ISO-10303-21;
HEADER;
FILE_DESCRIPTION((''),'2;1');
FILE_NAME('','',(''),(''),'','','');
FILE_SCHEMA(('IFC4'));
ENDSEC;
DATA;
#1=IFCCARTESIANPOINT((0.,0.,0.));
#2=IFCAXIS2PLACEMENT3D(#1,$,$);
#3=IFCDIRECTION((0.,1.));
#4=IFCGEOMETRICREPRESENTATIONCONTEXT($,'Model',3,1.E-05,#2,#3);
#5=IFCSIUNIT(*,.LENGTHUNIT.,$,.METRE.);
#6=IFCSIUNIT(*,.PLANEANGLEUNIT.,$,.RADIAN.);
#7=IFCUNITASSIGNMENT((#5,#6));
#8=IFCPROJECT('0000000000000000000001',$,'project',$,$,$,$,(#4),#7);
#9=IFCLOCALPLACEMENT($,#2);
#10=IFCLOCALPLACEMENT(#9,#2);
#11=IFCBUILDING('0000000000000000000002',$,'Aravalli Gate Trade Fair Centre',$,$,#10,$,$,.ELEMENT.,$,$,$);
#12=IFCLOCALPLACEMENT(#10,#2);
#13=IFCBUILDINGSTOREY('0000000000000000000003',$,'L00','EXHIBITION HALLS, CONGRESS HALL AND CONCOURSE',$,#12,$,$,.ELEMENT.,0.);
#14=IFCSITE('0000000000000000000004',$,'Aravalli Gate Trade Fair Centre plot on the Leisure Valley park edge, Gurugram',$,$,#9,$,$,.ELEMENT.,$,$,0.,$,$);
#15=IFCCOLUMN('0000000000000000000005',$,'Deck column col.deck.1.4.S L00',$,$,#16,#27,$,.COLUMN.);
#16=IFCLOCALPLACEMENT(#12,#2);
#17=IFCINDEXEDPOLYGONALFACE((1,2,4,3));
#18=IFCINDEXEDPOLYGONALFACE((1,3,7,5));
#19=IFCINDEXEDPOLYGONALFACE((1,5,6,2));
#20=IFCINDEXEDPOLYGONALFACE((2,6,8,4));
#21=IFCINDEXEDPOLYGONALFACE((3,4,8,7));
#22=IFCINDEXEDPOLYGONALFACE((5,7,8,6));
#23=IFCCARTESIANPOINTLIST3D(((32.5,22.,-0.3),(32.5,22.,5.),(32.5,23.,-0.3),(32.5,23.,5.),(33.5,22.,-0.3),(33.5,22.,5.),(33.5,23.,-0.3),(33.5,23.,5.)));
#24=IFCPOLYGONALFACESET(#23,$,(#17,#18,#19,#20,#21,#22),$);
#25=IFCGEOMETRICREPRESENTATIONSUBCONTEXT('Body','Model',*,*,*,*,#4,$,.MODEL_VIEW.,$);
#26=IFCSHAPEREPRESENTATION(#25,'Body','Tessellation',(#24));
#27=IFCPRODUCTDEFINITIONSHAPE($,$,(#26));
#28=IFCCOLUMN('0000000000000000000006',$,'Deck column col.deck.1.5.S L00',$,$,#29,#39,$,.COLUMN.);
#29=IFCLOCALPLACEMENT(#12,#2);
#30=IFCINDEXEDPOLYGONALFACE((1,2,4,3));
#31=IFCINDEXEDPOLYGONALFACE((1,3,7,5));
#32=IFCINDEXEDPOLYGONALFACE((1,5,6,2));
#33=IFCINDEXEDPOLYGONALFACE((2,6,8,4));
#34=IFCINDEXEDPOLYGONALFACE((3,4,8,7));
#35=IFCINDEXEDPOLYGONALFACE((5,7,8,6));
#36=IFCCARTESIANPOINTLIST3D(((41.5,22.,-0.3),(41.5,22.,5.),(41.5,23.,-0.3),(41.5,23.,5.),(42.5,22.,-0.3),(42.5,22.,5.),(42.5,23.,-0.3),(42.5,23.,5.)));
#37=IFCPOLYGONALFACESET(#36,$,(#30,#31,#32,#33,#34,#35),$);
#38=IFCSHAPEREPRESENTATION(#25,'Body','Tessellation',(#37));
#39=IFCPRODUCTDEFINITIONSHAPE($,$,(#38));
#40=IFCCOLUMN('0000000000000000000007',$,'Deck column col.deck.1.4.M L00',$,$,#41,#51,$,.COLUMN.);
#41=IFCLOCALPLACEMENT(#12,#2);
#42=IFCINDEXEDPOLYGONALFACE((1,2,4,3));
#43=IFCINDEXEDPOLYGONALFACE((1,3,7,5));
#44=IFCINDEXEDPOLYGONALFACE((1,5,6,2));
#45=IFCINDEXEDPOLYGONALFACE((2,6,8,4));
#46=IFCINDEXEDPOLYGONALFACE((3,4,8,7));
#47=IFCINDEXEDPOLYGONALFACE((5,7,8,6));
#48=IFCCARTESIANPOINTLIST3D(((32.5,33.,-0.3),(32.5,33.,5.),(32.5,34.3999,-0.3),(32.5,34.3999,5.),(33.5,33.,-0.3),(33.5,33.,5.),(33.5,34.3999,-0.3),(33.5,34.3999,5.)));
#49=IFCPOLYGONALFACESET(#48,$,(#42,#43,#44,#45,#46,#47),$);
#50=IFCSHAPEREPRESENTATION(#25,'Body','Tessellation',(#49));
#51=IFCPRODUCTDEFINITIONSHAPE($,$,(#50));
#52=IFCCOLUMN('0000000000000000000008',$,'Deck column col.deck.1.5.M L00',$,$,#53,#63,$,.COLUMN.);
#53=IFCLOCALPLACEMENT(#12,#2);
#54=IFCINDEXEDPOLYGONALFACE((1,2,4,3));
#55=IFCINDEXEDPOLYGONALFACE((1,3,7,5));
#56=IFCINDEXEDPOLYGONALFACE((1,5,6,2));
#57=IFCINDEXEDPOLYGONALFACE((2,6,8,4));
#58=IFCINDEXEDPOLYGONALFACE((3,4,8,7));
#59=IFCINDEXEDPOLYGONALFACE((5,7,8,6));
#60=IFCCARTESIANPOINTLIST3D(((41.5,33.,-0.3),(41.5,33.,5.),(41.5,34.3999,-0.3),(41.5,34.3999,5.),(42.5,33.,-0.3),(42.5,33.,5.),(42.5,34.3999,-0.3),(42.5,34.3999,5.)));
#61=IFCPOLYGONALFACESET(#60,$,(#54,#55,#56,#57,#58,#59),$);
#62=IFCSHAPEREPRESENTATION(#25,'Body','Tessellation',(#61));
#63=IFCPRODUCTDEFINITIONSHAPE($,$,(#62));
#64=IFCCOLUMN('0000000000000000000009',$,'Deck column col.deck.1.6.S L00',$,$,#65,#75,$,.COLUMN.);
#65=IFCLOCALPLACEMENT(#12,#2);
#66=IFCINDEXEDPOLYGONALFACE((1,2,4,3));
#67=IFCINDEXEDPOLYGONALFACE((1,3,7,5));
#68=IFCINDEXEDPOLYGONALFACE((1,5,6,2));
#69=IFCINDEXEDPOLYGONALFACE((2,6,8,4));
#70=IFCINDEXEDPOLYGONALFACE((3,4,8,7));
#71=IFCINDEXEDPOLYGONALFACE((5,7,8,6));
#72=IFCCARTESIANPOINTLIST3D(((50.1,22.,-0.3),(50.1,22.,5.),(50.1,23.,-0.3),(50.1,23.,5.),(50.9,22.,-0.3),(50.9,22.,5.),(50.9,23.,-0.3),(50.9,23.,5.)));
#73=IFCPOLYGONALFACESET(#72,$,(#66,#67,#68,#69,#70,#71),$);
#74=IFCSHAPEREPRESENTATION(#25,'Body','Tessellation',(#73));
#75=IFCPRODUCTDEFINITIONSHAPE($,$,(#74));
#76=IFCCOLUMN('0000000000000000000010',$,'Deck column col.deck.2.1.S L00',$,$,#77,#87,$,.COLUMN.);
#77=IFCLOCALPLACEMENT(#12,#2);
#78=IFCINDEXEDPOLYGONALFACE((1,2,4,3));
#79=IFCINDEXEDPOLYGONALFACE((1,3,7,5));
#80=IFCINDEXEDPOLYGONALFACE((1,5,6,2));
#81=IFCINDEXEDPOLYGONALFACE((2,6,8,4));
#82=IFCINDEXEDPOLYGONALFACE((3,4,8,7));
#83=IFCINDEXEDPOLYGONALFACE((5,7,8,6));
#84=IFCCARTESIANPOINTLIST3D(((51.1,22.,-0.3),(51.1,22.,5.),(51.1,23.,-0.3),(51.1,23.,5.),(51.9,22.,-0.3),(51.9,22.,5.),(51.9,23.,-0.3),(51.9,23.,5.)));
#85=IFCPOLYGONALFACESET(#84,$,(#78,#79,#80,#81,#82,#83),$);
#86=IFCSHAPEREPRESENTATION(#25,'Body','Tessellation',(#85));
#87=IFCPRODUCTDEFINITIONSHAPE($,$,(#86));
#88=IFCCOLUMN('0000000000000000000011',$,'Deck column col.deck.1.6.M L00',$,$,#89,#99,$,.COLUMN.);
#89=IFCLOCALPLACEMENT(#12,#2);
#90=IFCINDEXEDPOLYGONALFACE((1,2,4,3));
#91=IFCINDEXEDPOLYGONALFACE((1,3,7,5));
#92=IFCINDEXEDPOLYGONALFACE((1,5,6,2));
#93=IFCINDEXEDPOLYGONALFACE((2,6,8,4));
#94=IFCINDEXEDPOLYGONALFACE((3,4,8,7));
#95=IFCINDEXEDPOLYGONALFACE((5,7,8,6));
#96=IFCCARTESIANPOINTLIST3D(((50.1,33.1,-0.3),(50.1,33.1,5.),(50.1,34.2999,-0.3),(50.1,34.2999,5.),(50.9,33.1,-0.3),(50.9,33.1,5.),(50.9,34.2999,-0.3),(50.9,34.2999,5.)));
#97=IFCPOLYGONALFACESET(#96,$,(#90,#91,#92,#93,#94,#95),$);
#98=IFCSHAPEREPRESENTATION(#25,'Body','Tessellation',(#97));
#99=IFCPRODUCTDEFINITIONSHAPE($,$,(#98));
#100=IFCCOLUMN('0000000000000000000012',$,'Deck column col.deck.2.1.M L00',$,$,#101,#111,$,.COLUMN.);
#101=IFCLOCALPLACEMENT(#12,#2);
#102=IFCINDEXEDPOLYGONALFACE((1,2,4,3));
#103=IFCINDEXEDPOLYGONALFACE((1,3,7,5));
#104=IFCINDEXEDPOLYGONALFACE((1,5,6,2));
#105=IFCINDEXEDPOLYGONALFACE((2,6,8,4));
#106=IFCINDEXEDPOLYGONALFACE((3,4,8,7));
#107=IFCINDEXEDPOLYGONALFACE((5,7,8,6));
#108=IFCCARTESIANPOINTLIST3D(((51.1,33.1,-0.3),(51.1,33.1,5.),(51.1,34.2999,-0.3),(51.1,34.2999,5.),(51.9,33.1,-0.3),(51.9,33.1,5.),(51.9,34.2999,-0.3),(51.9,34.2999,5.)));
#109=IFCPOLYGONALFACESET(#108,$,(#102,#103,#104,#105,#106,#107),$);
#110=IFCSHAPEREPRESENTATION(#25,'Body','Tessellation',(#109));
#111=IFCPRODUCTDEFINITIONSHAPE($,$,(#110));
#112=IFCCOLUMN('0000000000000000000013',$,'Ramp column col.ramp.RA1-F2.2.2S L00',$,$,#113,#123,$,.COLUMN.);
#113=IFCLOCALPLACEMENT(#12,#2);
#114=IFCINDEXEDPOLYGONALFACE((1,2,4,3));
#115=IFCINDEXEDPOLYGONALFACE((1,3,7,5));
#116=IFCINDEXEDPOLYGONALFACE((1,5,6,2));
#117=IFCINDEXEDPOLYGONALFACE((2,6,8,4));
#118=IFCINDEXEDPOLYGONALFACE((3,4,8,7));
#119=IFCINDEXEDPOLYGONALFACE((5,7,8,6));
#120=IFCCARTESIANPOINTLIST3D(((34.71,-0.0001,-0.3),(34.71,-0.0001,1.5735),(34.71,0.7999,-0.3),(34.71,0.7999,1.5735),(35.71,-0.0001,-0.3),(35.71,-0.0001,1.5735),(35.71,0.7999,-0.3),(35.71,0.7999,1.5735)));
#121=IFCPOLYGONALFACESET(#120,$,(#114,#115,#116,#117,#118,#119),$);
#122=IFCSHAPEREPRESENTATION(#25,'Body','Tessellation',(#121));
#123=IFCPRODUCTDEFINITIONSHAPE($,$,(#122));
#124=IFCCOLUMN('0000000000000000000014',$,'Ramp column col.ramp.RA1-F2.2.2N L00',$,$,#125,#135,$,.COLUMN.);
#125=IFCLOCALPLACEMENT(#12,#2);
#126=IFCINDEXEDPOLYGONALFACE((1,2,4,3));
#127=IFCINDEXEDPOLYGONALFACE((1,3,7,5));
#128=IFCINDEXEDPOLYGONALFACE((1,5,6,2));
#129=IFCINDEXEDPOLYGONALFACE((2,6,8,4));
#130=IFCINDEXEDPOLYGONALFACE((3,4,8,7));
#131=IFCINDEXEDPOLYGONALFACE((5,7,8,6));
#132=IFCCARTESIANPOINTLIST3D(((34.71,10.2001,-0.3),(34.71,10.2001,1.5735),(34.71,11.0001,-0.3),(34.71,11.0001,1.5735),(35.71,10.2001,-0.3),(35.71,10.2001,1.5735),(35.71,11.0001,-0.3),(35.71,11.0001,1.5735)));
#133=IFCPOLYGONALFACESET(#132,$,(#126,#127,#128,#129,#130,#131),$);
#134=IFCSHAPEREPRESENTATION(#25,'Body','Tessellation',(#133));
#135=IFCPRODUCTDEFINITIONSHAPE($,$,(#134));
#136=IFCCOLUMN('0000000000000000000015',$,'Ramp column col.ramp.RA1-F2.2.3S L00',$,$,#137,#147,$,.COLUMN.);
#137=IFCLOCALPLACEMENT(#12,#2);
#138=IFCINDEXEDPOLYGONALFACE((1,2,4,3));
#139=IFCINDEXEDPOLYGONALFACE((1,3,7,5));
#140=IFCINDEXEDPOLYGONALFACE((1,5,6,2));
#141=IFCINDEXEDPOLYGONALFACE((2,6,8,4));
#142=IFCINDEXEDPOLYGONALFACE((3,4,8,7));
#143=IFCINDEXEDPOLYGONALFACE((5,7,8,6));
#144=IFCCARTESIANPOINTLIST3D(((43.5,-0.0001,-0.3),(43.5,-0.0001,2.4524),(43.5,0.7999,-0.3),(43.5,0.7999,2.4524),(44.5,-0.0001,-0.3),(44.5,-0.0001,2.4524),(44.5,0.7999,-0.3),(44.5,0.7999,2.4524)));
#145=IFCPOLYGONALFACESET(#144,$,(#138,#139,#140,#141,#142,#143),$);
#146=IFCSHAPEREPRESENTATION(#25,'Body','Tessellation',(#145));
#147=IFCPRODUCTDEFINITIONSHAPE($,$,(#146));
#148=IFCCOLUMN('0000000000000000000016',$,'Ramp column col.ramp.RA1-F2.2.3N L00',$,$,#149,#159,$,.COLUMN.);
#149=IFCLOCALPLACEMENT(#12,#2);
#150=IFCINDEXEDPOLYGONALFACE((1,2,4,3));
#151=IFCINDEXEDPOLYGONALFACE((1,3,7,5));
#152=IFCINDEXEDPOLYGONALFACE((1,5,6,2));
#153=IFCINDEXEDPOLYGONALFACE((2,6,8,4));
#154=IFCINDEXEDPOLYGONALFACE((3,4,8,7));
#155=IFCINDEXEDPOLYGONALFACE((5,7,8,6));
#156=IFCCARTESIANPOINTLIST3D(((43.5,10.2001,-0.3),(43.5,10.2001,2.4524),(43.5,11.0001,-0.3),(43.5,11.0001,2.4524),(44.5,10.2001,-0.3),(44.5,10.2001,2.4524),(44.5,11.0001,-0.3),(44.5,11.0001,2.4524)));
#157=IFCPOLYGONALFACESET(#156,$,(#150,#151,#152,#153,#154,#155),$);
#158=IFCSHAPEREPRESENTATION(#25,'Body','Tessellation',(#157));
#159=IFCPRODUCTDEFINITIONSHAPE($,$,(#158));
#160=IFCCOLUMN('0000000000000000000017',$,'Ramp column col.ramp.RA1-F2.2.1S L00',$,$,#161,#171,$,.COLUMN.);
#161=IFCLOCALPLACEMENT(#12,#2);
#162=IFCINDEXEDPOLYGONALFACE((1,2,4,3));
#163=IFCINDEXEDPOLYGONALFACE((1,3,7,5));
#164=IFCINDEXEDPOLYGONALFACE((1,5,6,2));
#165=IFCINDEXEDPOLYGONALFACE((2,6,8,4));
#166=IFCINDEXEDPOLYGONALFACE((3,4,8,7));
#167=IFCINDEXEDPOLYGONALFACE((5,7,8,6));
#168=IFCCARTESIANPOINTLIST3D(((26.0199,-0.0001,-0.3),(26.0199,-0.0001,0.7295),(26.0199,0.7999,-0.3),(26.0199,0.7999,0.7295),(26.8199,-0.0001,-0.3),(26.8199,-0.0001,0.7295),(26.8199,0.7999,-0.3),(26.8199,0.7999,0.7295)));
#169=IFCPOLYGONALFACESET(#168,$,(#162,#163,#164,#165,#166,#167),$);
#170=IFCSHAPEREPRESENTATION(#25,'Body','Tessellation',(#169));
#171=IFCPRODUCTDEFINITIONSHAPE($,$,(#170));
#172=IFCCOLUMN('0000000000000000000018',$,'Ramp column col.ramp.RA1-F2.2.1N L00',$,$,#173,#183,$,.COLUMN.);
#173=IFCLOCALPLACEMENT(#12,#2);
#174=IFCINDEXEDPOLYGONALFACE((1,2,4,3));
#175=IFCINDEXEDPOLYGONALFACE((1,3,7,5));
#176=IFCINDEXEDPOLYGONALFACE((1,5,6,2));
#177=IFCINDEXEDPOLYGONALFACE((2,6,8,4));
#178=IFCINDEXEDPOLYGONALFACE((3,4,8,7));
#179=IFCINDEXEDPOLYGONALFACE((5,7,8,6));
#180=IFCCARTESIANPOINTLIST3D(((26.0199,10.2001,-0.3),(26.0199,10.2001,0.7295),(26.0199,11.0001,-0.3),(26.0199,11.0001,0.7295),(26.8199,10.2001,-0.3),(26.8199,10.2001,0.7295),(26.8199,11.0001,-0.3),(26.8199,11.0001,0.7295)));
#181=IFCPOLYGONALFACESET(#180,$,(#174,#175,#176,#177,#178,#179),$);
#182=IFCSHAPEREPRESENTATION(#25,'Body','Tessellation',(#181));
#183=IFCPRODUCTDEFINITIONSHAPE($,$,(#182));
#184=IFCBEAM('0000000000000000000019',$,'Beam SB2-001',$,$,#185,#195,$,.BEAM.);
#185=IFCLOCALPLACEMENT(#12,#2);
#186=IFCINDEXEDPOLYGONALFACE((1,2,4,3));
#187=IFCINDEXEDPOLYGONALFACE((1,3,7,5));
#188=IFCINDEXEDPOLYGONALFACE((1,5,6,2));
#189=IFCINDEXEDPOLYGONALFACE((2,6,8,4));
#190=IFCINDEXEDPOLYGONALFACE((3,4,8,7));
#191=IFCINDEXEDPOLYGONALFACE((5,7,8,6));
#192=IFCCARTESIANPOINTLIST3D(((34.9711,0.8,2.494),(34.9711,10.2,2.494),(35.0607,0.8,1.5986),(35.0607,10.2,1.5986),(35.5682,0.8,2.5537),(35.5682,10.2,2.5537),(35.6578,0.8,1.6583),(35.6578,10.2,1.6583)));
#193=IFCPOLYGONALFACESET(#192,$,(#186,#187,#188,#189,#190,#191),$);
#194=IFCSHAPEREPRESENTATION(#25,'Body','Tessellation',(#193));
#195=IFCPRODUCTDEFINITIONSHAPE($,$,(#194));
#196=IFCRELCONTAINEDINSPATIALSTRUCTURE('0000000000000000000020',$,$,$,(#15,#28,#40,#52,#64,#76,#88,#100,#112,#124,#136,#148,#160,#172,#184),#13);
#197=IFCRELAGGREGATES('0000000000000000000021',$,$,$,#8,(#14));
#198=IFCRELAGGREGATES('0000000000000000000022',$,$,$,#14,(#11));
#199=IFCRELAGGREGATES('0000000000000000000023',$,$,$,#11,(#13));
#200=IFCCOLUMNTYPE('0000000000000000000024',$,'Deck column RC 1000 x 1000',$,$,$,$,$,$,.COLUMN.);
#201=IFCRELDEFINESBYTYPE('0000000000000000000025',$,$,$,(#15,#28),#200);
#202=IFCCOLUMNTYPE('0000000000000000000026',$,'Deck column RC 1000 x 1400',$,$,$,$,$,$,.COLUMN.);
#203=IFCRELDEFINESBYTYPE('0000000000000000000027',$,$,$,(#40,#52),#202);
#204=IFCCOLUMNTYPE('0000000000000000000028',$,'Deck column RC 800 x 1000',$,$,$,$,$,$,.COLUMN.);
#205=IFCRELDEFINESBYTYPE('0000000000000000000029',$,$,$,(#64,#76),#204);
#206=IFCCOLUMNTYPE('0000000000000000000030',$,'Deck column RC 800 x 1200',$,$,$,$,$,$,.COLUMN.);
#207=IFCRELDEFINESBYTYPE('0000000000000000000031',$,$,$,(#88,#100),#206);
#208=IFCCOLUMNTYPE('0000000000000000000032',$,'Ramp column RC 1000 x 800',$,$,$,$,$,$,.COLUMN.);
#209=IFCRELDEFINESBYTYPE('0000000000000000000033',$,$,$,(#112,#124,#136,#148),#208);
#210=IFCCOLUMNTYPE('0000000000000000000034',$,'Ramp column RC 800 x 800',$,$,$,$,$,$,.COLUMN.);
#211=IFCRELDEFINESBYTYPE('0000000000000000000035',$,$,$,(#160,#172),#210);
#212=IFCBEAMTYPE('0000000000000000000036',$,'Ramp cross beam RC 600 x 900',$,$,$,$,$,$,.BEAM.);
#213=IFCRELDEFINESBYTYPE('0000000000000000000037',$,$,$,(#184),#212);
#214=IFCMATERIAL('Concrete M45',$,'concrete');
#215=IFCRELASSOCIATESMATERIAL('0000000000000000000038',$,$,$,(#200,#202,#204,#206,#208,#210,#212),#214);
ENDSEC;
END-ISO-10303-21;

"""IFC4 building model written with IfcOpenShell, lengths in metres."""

from ifc_helpers import new_model, si_unit, direction, frame, origin, origin_2d, place, context, subcontext, project, spatial, rectangle, extrude, material, material_profile, profile_set, type_object, element, save


model = new_model("IFC4")

# Units and contexts
model_context = context("Model", 3, precision=1e-05, world=origin(), true_north=direction((0.0, 1.0)))
body_context = subcontext(model_context, "Body", "Model", "MODEL_VIEW")
ifc_project = project(units=[si_unit("LENGTHUNIT", "METRE"), si_unit("PLANEANGLEUNIT", "RADIAN")], contexts=[model_context])

# Site, building, storey
site_placement = place(None, origin())
site = spatial("IfcSite", under=ifc_project, at=site_placement, Name="Aravalli Gate Trade Fair Centre plot on the Leisure Valley park edge, Gurugram", CompositionType="ELEMENT", RefElevation=0.0)
building_placement = place(site_placement, origin())
building = spatial("IfcBuilding", under=site, at=building_placement, Name="Aravalli Gate Trade Fair Centre", CompositionType="ELEMENT")
storey_placement = place(building_placement, origin())
storey = spatial("IfcBuildingStorey", under=building, at=storey_placement, Name="L00", Description="EXHIBITION HALLS, CONGRESS HALL AND CONCOURSE", CompositionType="ELEMENT", Elevation=0.0)

# Columns
ifc_material = material(Name="Concrete M45", Category="concrete")
ifc_material_profile_1 = material_profile(ifc_material, rectangle(XDim=1.0, YDim=1.0, at=origin_2d()), Name="Deck column RC 1000 x 1000")
ifc_profile_set_1 = profile_set([ifc_material_profile_1], Name="Concrete M45")
column_type_1 = type_object("IfcColumnType", Name="Deck column RC 1000 x 1000", PredefinedType="COLUMN", material=ifc_profile_set_1)
for number, where, z_axis, x_axis, name in (
    (1, (33.0, 22.5, -0.3), (0.0, 0.0, 1.0), (1.0, 0.0, 0.0), "Deck column col.deck.1.4.S L00"),
    (2, (42.0, 22.5, -0.3), (0.0, 0.0, 1.0), (1.0, 0.0, 0.0), "Deck column col.deck.1.5.S L00"),
):
    element("IfcColumn", number, at=place(storey_placement, frame(where, z_axis=z_axis, x_axis=x_axis)), inside=storey, type_object=column_type_1, Name=name, PredefinedType="COLUMN", context=body_context, shape_type="SweptSolid", body=[
        extrude(rectangle(XDim=1.0, YDim=1.0, at=origin_2d()), origin(), (0.0, 0.0, 1.0), 5.3),
    ])
ifc_material_profile_2 = material_profile(ifc_material, rectangle(XDim=1.0, YDim=1.3999, at=origin_2d()), Name="Deck column RC 1000 x 1400")
ifc_profile_set_2 = profile_set([ifc_material_profile_2], Name="Concrete M45")
column_type_2 = type_object("IfcColumnType", Name="Deck column RC 1000 x 1400", PredefinedType="COLUMN", material=ifc_profile_set_2)
for number, where, z_axis, x_axis, name in (
    (3, (33.0, 33.7, -0.3), (0.0, 0.0, 1.0), (1.0, 0.0, 0.0), "Deck column col.deck.1.4.M L00"),
    (4, (42.0, 33.7, -0.3), (0.0, 0.0, 1.0), (1.0, 0.0, 0.0), "Deck column col.deck.1.5.M L00"),
):
    element("IfcColumn", number, at=place(storey_placement, frame(where, z_axis=z_axis, x_axis=x_axis)), inside=storey, type_object=column_type_2, Name=name, PredefinedType="COLUMN", context=body_context, shape_type="SweptSolid", body=[
        extrude(rectangle(XDim=1.0, YDim=1.3999, at=origin_2d()), origin(), (0.0, 0.0, 1.0), 5.3),
    ])
ifc_material_profile_3 = material_profile(ifc_material, rectangle(XDim=0.8, YDim=1.0, at=origin_2d()), Name="Deck column RC 800 x 1000")
ifc_profile_set_3 = profile_set([ifc_material_profile_3], Name="Concrete M45")
column_type_3 = type_object("IfcColumnType", Name="Deck column RC 800 x 1000", PredefinedType="COLUMN", material=ifc_profile_set_3)
for number, where, z_axis, x_axis, name in (
    (5, (50.5, 22.5, -0.3), (0.0, 0.0, 1.0), (1.0, 0.0, 0.0), "Deck column col.deck.1.6.S L00"),
    (6, (51.5, 22.5, -0.3), (0.0, 0.0, 1.0), (1.0, 0.0, 0.0), "Deck column col.deck.2.1.S L00"),
):
    element("IfcColumn", number, at=place(storey_placement, frame(where, z_axis=z_axis, x_axis=x_axis)), inside=storey, type_object=column_type_3, Name=name, PredefinedType="COLUMN", context=body_context, shape_type="SweptSolid", body=[
        extrude(rectangle(XDim=0.8, YDim=1.0, at=origin_2d()), origin(), (0.0, 0.0, 1.0), 5.3),
    ])
ifc_material_profile_4 = material_profile(ifc_material, rectangle(XDim=0.8, YDim=1.2, at=origin_2d()), Name="Deck column RC 800 x 1200")
ifc_profile_set_4 = profile_set([ifc_material_profile_4], Name="Concrete M45")
column_type_4 = type_object("IfcColumnType", Name="Deck column RC 800 x 1200", PredefinedType="COLUMN", material=ifc_profile_set_4)
for number, where, z_axis, x_axis, name in (
    (7, (50.5, 33.7, -0.3), (0.0, 0.0, 1.0), (1.0, 0.0, 0.0), "Deck column col.deck.1.6.M L00"),
    (8, (51.5, 33.7, -0.3), (0.0, 0.0, 1.0), (1.0, 0.0, 0.0), "Deck column col.deck.2.1.M L00"),
):
    element("IfcColumn", number, at=place(storey_placement, frame(where, z_axis=z_axis, x_axis=x_axis)), inside=storey, type_object=column_type_4, Name=name, PredefinedType="COLUMN", context=body_context, shape_type="SweptSolid", body=[
        extrude(rectangle(XDim=0.8, YDim=1.2, at=origin_2d()), origin(), (0.0, 0.0, 1.0), 5.3),
    ])
ifc_material_profile_5 = material_profile(ifc_material, rectangle(XDim=1.0, YDim=0.8, at=origin_2d()), Name="Ramp column RC 1000 x 800")
ifc_profile_set_5 = profile_set([ifc_material_profile_5], Name="Concrete M45")
column_type_5 = type_object("IfcColumnType", Name="Ramp column RC 1000 x 800", PredefinedType="COLUMN", material=ifc_profile_set_5)
for number, where, z_axis, x_axis, name in (
    (9, (35.21, 0.3999, -0.3), (0.0, 0.0, 1.0), (1.0, 0.0, 0.0), "Ramp column col.ramp.RA1-F2.2.2S L00"),
    (10, (35.21, 10.6001, -0.3), (0.0, 0.0, 1.0), (1.0, 0.0, 0.0), "Ramp column col.ramp.RA1-F2.2.2N L00"),
):
    element("IfcColumn", number, at=place(storey_placement, frame(where, z_axis=z_axis, x_axis=x_axis)), inside=storey, type_object=column_type_5, Name=name, PredefinedType="COLUMN", context=body_context, shape_type="SweptSolid", body=[
        extrude(rectangle(XDim=1.0, YDim=0.8, at=origin_2d()), origin(), (0.0, 0.0, 1.0), 1.8735),
    ])
for number, where, z_axis, x_axis, name in (
    (11, (44.0, 0.3999, -0.3), (0.0, 0.0, 1.0), (1.0, 0.0, 0.0), "Ramp column col.ramp.RA1-F2.2.3S L00"),
    (12, (44.0, 10.6001, -0.3), (0.0, 0.0, 1.0), (1.0, 0.0, 0.0), "Ramp column col.ramp.RA1-F2.2.3N L00"),
):
    element("IfcColumn", number, at=place(storey_placement, frame(where, z_axis=z_axis, x_axis=x_axis)), inside=storey, type_object=column_type_5, Name=name, PredefinedType="COLUMN", context=body_context, shape_type="SweptSolid", body=[
        extrude(rectangle(XDim=1.0, YDim=0.8, at=origin_2d()), origin(), (0.0, 0.0, 1.0), 2.7524),
    ])
ifc_material_profile_6 = material_profile(ifc_material, rectangle(XDim=0.8, YDim=0.8, at=origin_2d()), Name="Ramp column RC 800 x 800")
ifc_profile_set_6 = profile_set([ifc_material_profile_6], Name="Concrete M45")
column_type_6 = type_object("IfcColumnType", Name="Ramp column RC 800 x 800", PredefinedType="COLUMN", material=ifc_profile_set_6)
for number, where, z_axis, x_axis, name in (
    (13, (26.4199, 0.3999, -0.3), (0.0, 0.0, 1.0), (1.0, 0.0, 0.0), "Ramp column col.ramp.RA1-F2.2.1S L00"),
    (14, (26.4199, 10.6001, -0.3), (0.0, 0.0, 1.0), (1.0, 0.0, 0.0), "Ramp column col.ramp.RA1-F2.2.1N L00"),
):
    element("IfcColumn", number, at=place(storey_placement, frame(where, z_axis=z_axis, x_axis=x_axis)), inside=storey, type_object=column_type_6, Name=name, PredefinedType="COLUMN", context=body_context, shape_type="SweptSolid", body=[
        extrude(rectangle(XDim=0.8, YDim=0.8, at=origin_2d()), origin(), (0.0, 0.0, 1.0), 1.0295),
    ])

# Beam
ifc_material_profile_7 = material_profile(ifc_material, rectangle(XDim=0.6001, YDim=0.8999, at=origin_2d()), Name="Ramp cross beam RC 600 x 900")
ifc_profile_set_7 = profile_set([ifc_material_profile_7], Name="Concrete M45")
beam_type_1 = type_object("IfcBeamType", Name="Ramp cross beam RC 600 x 900", PredefinedType="BEAM", material=ifc_profile_set_7)
for number, where, z_axis, x_axis, name in (
    (15, (35.3145, 0.8, 2.0762), (0.0, 1.0, 0.0), (-0.995037, 0.0, -0.099504), "Beam SB2-001"),
):
    element("IfcBeam", number, at=place(storey_placement, frame(where, z_axis=z_axis, x_axis=x_axis)), inside=storey, type_object=beam_type_1, Name=name, PredefinedType="BEAM", context=body_context, shape_type="SweptSolid", body=[
        extrude(rectangle(XDim=0.6001, YDim=0.8999, at=origin_2d()), origin(), (0.0, 0.0, 1.0), 9.3999),
    ])

save(model, "model.ifc")
